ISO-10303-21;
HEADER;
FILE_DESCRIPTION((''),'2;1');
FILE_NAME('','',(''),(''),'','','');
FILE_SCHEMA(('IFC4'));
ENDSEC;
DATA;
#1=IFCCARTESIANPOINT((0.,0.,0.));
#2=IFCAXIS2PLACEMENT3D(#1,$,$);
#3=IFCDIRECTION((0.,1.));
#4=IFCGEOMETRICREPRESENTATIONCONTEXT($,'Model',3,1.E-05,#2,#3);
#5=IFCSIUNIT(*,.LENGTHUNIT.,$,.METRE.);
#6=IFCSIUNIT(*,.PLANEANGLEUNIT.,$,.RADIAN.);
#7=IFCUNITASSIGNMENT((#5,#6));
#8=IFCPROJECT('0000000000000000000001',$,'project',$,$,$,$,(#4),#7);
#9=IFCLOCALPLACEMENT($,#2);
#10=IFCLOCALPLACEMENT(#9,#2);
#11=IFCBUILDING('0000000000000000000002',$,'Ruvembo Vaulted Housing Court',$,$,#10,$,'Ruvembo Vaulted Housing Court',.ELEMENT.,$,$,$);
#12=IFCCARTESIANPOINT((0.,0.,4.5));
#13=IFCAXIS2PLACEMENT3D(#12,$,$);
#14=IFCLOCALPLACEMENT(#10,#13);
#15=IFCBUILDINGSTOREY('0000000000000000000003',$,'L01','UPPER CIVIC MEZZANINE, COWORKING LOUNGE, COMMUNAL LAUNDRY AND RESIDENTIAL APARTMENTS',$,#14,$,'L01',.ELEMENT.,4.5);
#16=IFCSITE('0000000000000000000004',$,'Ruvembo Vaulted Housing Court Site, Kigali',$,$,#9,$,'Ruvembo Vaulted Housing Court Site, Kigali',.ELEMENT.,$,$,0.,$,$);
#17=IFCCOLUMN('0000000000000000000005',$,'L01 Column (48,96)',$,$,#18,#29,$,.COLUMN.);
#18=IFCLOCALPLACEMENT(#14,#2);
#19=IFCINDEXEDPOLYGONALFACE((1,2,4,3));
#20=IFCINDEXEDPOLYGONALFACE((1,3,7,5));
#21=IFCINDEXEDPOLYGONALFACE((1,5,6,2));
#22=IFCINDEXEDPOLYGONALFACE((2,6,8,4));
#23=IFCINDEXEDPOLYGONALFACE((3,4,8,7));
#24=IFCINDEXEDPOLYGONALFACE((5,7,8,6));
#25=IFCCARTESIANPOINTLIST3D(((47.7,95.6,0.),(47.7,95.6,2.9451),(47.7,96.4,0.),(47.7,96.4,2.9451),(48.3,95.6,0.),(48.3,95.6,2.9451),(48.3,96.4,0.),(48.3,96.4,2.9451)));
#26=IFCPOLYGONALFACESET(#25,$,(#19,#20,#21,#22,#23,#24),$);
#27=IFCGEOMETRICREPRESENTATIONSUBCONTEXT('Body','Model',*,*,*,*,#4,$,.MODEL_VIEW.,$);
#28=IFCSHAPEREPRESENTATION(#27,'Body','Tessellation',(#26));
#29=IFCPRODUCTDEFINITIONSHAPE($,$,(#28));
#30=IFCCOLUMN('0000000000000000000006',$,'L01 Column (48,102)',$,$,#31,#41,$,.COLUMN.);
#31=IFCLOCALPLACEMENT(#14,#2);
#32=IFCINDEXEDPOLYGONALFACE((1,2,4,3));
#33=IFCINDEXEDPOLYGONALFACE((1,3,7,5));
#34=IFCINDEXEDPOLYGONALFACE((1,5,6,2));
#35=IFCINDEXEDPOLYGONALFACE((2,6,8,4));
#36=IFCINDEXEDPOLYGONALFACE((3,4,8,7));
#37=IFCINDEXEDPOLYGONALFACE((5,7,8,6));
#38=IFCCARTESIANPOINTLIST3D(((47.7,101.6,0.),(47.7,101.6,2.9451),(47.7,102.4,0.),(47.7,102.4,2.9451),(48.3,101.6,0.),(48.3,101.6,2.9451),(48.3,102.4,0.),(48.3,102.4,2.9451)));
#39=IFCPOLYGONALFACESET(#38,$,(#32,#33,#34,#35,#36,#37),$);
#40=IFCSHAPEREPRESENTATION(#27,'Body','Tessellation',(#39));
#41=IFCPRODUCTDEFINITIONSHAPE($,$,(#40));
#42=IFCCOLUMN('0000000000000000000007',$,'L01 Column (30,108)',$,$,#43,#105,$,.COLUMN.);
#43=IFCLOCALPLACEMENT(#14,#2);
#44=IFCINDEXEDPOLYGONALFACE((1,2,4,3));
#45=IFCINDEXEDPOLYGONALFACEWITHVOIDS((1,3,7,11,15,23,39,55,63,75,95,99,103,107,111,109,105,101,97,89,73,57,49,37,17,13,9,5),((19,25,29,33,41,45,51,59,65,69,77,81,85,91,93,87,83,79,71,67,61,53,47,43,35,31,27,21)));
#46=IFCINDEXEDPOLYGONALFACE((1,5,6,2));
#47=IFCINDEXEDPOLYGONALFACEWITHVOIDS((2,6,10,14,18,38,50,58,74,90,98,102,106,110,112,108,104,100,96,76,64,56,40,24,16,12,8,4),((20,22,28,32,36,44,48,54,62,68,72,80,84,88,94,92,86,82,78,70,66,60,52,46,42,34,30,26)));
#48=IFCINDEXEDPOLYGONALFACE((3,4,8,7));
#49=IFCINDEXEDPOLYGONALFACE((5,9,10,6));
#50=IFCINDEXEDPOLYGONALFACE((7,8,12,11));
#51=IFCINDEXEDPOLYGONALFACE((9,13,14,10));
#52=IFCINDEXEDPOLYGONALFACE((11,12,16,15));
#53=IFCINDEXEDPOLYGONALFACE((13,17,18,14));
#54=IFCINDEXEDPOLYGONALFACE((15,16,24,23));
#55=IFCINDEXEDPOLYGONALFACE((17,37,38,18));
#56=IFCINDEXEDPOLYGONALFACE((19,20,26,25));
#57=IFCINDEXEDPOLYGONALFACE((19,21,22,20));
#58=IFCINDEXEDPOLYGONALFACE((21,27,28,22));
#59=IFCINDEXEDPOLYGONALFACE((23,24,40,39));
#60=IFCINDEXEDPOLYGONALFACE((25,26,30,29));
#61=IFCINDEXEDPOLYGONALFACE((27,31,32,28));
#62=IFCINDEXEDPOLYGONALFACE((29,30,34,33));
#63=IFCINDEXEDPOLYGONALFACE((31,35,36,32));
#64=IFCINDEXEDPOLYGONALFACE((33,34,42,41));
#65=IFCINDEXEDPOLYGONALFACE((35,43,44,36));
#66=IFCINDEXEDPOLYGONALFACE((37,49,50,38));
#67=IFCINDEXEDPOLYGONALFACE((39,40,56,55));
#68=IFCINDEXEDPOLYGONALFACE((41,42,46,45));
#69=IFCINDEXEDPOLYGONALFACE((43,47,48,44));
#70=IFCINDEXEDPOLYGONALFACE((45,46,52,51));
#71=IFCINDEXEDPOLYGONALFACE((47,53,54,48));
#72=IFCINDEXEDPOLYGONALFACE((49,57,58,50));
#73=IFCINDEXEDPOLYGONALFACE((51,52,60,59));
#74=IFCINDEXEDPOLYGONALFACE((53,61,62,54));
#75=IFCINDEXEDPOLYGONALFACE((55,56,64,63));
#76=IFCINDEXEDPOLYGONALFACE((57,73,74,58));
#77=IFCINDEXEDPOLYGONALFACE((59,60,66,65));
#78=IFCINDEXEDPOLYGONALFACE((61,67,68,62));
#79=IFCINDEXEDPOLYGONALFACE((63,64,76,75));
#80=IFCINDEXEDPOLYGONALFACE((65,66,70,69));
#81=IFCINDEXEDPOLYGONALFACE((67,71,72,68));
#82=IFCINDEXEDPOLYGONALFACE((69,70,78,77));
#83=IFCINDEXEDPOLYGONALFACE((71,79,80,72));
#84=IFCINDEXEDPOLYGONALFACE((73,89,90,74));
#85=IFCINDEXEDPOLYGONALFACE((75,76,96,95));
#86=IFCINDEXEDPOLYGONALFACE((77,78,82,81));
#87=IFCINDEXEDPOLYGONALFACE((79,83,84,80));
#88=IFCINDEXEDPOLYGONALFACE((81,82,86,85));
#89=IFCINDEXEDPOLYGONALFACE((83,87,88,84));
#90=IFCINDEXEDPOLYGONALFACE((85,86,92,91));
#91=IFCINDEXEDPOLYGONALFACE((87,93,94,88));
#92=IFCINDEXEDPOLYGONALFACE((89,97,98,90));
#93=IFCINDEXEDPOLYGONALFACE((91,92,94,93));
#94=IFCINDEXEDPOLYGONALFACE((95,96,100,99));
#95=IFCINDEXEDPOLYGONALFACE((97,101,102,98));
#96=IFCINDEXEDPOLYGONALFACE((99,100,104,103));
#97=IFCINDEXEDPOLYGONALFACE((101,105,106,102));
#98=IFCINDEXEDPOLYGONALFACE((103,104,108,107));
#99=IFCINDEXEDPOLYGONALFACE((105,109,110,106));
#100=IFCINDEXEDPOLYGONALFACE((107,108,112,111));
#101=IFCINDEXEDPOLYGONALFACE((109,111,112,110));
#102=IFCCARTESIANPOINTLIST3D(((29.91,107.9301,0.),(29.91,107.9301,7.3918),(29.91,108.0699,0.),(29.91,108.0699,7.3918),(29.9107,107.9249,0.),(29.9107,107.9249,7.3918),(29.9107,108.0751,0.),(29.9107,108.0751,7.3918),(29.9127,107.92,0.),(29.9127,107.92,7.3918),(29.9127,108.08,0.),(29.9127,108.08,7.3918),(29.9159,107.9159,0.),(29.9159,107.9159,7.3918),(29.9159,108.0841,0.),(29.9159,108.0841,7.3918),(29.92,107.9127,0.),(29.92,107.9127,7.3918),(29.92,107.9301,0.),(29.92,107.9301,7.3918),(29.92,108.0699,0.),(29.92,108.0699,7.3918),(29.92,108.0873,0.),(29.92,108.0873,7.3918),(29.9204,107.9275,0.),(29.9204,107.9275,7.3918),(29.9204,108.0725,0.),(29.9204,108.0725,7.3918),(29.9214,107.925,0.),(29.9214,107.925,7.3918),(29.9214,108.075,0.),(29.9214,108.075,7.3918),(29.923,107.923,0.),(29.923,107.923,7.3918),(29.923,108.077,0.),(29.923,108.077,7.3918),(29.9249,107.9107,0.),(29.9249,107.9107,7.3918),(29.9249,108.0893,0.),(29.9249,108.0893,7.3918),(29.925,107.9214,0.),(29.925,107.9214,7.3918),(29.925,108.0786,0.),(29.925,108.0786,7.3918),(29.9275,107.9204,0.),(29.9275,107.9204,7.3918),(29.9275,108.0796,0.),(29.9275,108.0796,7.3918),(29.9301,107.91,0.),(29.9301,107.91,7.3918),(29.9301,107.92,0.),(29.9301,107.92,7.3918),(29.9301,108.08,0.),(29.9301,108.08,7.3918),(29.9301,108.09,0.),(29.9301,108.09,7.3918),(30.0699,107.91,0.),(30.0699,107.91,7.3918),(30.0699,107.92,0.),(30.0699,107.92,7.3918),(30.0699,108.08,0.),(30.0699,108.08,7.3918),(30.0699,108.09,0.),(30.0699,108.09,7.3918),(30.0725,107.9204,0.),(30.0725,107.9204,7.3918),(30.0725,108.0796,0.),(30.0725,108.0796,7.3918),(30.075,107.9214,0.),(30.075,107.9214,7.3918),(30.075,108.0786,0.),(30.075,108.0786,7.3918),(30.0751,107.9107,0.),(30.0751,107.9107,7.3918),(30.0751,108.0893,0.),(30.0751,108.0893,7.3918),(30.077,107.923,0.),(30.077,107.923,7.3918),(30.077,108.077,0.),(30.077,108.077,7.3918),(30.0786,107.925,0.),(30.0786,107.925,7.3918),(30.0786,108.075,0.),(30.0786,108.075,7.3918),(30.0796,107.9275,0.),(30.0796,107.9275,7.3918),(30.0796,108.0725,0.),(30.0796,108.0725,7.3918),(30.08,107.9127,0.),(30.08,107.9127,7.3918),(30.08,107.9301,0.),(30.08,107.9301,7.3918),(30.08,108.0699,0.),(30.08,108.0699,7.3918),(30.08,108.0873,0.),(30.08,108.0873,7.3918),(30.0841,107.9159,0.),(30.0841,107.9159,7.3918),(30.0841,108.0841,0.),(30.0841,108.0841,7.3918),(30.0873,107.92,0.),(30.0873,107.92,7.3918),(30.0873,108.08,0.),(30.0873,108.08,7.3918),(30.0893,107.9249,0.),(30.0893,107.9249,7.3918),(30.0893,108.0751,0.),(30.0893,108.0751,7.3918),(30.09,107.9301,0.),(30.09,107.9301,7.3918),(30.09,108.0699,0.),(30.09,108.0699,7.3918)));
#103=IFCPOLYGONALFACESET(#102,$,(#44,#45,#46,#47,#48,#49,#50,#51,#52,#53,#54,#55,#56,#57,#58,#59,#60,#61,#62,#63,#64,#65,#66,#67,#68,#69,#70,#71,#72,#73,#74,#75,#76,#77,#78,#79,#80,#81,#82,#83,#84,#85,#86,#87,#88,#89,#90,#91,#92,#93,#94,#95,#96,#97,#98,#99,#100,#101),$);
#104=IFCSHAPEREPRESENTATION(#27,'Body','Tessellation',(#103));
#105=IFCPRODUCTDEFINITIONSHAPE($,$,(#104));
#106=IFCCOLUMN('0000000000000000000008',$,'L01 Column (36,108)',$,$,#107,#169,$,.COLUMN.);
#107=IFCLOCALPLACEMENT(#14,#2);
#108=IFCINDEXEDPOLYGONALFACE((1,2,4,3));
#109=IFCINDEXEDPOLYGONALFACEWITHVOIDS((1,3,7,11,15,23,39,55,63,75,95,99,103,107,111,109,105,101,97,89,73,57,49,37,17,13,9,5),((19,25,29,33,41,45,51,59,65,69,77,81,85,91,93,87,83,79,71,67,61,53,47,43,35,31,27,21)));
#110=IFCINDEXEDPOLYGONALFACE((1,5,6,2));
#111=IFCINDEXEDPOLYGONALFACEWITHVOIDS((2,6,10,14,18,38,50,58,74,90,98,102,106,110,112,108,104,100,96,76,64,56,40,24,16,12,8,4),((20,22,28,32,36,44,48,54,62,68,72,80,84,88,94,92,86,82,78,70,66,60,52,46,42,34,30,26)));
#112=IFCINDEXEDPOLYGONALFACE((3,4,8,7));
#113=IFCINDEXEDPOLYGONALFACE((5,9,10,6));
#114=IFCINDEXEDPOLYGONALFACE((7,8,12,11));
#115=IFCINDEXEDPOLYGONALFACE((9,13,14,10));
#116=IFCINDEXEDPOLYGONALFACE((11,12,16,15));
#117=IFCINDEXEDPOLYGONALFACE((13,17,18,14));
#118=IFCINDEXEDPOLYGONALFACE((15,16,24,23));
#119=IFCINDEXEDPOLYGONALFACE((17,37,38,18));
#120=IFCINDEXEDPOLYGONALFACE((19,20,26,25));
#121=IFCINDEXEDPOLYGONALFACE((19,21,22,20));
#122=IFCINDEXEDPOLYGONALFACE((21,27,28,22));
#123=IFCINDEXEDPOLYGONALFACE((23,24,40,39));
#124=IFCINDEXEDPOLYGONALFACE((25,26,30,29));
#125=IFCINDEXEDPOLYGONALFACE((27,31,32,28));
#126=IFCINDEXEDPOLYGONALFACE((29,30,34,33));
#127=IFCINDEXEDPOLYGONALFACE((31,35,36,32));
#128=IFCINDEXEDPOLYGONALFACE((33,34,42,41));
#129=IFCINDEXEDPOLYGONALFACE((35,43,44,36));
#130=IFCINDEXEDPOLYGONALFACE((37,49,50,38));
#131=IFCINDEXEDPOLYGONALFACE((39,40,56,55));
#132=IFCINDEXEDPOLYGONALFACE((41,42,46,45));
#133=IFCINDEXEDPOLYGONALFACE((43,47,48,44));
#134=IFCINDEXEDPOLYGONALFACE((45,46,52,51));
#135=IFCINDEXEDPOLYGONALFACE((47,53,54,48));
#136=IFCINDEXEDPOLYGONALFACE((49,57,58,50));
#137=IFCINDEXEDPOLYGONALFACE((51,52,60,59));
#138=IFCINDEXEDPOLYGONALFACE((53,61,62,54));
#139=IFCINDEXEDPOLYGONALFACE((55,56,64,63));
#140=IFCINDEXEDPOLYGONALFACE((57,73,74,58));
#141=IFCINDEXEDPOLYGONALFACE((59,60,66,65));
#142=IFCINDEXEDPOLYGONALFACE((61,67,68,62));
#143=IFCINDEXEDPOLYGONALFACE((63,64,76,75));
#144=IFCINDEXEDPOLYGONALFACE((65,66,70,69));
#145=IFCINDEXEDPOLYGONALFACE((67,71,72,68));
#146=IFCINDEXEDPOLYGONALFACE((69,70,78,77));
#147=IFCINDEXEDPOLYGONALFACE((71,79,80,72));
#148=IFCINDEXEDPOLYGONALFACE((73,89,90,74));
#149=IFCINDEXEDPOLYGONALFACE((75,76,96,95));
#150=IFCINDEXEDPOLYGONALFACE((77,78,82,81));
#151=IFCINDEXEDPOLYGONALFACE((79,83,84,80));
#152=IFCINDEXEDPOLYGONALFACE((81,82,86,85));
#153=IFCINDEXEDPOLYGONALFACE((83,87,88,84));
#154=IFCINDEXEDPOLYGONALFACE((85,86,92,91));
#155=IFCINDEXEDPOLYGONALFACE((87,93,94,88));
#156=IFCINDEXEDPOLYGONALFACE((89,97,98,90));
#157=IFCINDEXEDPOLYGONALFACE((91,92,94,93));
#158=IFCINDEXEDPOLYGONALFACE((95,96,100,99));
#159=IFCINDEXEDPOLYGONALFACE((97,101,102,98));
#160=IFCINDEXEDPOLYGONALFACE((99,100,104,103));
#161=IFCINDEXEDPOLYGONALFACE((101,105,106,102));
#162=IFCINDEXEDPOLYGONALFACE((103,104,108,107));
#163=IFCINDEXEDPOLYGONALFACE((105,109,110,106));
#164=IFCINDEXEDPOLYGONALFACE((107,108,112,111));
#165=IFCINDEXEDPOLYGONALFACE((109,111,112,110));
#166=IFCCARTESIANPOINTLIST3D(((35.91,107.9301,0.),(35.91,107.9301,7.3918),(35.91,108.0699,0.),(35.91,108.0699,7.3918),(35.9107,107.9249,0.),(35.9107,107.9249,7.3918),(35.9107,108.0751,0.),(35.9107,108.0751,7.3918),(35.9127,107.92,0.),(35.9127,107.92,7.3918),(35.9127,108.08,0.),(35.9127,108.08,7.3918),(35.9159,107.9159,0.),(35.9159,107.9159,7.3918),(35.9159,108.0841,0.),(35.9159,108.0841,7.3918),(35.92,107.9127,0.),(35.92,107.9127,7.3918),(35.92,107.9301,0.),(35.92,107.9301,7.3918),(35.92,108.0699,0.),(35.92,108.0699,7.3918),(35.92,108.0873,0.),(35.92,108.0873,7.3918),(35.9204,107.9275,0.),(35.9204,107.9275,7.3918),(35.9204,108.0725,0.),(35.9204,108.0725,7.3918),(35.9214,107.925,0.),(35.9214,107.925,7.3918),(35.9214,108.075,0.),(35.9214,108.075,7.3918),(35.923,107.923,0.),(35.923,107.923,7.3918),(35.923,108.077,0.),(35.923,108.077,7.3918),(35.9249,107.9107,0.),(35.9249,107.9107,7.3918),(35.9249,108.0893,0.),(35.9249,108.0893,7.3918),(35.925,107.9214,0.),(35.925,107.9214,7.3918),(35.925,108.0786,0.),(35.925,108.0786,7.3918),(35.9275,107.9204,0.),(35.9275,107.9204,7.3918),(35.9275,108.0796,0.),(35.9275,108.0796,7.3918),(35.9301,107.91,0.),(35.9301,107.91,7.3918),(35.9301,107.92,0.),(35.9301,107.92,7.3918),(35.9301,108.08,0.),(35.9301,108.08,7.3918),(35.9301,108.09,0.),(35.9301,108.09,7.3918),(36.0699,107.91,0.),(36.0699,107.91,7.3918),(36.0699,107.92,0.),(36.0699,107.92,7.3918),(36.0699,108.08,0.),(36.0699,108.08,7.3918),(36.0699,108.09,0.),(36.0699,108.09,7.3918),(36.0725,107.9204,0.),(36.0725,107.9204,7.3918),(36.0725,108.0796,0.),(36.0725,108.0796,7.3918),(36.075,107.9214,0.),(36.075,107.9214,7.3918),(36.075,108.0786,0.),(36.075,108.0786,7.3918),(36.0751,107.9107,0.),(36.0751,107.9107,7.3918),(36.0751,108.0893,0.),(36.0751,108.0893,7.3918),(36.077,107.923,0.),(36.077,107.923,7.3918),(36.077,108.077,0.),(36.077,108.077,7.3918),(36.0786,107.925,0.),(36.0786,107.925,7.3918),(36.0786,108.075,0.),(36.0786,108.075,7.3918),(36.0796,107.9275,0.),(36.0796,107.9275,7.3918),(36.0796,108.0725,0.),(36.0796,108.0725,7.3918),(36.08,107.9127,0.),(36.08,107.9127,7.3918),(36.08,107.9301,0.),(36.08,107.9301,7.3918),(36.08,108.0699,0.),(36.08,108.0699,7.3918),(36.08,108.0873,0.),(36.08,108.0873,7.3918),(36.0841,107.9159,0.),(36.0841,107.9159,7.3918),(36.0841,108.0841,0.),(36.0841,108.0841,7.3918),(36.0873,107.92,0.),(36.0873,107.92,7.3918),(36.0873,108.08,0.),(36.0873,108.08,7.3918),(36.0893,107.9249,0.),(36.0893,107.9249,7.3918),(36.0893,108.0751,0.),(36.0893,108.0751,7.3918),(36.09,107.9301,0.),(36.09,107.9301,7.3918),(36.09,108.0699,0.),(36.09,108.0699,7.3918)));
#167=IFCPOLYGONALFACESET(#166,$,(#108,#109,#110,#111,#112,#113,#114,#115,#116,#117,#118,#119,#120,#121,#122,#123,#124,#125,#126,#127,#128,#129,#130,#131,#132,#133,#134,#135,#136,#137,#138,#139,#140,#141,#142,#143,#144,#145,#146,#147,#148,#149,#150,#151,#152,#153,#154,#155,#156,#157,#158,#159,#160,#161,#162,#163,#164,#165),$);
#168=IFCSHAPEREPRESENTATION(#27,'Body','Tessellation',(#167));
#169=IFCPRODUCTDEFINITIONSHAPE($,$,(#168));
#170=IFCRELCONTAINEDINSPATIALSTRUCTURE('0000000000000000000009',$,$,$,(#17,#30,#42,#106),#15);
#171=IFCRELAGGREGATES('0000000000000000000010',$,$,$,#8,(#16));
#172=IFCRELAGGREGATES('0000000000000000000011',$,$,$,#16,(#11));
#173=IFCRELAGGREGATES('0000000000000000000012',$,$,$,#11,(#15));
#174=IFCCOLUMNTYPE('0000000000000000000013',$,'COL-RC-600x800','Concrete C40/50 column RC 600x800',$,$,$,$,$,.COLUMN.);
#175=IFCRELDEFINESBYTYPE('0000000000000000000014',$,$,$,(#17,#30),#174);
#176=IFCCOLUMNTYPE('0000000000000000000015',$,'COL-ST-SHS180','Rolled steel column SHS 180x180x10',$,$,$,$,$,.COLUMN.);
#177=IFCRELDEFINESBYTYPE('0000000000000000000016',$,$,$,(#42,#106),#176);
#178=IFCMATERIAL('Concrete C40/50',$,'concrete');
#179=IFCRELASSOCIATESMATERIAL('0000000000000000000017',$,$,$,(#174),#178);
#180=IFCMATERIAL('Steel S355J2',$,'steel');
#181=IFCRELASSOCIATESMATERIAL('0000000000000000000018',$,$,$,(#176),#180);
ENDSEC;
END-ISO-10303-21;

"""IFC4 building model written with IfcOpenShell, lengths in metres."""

from ifc_helpers import new_model, si_unit, direction, frame, origin, origin_2d, place, context, subcontext, project, spatial, rectangle, hollow_rectangle, extrude, material, material_profile, profile_set, type_object, element, save


model = new_model("IFC4")

# Units and contexts
model_context = context("Model", 3, precision=1e-05, world=origin(), true_north=direction((0.0, 1.0)))
body_context = subcontext(model_context, "Body", "Model", "MODEL_VIEW")
ifc_project = project(units=[si_unit("LENGTHUNIT", "METRE"), si_unit("PLANEANGLEUNIT", "RADIAN")], contexts=[model_context])

# Site, building, storey
site_placement = place(None, origin())
site = spatial("IfcSite", under=ifc_project, at=site_placement, Name="Ruvembo Vaulted Housing Court Site, Kigali", LongName="Ruvembo Vaulted Housing Court Site, Kigali", CompositionType="ELEMENT", RefElevation=0.0)
building_placement = place(site_placement, origin())
building = spatial("IfcBuilding", under=site, at=building_placement, Name="Ruvembo Vaulted Housing Court", LongName="Ruvembo Vaulted Housing Court", CompositionType="ELEMENT")
storey_placement = place(building_placement, frame((0.0, 0.0, 4.5)))
storey = spatial("IfcBuildingStorey", under=building, at=storey_placement, Name="L01", Description="UPPER CIVIC MEZZANINE, COWORKING LOUNGE, COMMUNAL LAUNDRY AND RESIDENTIAL APARTMENTS", LongName="L01", CompositionType="ELEMENT", Elevation=4.5)

# Columns
ifc_material_1 = material(Name="Concrete C40/50", Category="concrete")
ifc_material_profile_1 = material_profile(ifc_material_1, rectangle(XDim=0.6001, YDim=0.8, at=origin_2d()), Name="RC 600x800")
ifc_profile_set_1 = profile_set([ifc_material_profile_1], Name="Concrete C40/50")
column_type_1 = type_object("IfcColumnType", Name="COL-RC-600x800", Description="Concrete C40/50 column RC 600x800", PredefinedType="COLUMN", material=ifc_profile_set_1)
for number, where, z_axis, x_axis, name in (
    (1, (48.0, 96.0, 0.0), (0.0, 0.0, 1.0), (1.0, 0.0, 0.0), "L01 Column (48,96)"),
    (2, (48.0, 102.0, 0.0), (0.0, 0.0, 1.0), (1.0, 0.0, 0.0), "L01 Column (48,102)"),
):
    element("IfcColumn", number, at=place(storey_placement, frame(where, z_axis=z_axis, x_axis=x_axis)), inside=storey, type_object=column_type_1, Name=name, PredefinedType="COLUMN", context=body_context, shape_type="SweptSolid", body=[
        extrude(rectangle(XDim=0.6001, YDim=0.8, at=origin_2d()), origin(), (0.0, 0.0, 1.0), 2.9451),
    ])
ifc_material_2 = material(Name="Steel S355J2", Category="steel")
ifc_material_profile_2 = material_profile(ifc_material_2, hollow_rectangle(XDim=0.1799, YDim=0.1799, WallThickness=0.01, InnerFilletRadius=0.01, OuterFilletRadius=0.02, at=origin_2d()), Name="SHS 180x180x10")
ifc_profile_set_2 = profile_set([ifc_material_profile_2], Name="Steel S355J2")
column_type_2 = type_object("IfcColumnType", Name="COL-ST-SHS180", Description="Rolled steel column SHS 180x180x10", PredefinedType="COLUMN", material=ifc_profile_set_2)
for number, where, z_axis, x_axis, name in (
    (3, (30.0, 108.0, 0.0), (0.0, 0.0, 1.0), (1.0, 0.0, 0.0), "L01 Column (30,108)"),
    (4, (36.0, 108.0, 0.0), (0.0, 0.0, 1.0), (1.0, 0.0, 0.0), "L01 Column (36,108)"),
):
    element("IfcColumn", number, at=place(storey_placement, frame(where, z_axis=z_axis, x_axis=x_axis)), inside=storey, type_object=column_type_2, Name=name, PredefinedType="COLUMN", context=body_context, shape_type="SweptSolid", body=[
        extrude(hollow_rectangle(XDim=0.1799, YDim=0.1799, WallThickness=0.01, InnerFilletRadius=0.01, OuterFilletRadius=0.02, at=origin_2d()), origin(), (0.0, 0.0, 1.0), 7.3918),
    ])

save(model, "model.ifc")
